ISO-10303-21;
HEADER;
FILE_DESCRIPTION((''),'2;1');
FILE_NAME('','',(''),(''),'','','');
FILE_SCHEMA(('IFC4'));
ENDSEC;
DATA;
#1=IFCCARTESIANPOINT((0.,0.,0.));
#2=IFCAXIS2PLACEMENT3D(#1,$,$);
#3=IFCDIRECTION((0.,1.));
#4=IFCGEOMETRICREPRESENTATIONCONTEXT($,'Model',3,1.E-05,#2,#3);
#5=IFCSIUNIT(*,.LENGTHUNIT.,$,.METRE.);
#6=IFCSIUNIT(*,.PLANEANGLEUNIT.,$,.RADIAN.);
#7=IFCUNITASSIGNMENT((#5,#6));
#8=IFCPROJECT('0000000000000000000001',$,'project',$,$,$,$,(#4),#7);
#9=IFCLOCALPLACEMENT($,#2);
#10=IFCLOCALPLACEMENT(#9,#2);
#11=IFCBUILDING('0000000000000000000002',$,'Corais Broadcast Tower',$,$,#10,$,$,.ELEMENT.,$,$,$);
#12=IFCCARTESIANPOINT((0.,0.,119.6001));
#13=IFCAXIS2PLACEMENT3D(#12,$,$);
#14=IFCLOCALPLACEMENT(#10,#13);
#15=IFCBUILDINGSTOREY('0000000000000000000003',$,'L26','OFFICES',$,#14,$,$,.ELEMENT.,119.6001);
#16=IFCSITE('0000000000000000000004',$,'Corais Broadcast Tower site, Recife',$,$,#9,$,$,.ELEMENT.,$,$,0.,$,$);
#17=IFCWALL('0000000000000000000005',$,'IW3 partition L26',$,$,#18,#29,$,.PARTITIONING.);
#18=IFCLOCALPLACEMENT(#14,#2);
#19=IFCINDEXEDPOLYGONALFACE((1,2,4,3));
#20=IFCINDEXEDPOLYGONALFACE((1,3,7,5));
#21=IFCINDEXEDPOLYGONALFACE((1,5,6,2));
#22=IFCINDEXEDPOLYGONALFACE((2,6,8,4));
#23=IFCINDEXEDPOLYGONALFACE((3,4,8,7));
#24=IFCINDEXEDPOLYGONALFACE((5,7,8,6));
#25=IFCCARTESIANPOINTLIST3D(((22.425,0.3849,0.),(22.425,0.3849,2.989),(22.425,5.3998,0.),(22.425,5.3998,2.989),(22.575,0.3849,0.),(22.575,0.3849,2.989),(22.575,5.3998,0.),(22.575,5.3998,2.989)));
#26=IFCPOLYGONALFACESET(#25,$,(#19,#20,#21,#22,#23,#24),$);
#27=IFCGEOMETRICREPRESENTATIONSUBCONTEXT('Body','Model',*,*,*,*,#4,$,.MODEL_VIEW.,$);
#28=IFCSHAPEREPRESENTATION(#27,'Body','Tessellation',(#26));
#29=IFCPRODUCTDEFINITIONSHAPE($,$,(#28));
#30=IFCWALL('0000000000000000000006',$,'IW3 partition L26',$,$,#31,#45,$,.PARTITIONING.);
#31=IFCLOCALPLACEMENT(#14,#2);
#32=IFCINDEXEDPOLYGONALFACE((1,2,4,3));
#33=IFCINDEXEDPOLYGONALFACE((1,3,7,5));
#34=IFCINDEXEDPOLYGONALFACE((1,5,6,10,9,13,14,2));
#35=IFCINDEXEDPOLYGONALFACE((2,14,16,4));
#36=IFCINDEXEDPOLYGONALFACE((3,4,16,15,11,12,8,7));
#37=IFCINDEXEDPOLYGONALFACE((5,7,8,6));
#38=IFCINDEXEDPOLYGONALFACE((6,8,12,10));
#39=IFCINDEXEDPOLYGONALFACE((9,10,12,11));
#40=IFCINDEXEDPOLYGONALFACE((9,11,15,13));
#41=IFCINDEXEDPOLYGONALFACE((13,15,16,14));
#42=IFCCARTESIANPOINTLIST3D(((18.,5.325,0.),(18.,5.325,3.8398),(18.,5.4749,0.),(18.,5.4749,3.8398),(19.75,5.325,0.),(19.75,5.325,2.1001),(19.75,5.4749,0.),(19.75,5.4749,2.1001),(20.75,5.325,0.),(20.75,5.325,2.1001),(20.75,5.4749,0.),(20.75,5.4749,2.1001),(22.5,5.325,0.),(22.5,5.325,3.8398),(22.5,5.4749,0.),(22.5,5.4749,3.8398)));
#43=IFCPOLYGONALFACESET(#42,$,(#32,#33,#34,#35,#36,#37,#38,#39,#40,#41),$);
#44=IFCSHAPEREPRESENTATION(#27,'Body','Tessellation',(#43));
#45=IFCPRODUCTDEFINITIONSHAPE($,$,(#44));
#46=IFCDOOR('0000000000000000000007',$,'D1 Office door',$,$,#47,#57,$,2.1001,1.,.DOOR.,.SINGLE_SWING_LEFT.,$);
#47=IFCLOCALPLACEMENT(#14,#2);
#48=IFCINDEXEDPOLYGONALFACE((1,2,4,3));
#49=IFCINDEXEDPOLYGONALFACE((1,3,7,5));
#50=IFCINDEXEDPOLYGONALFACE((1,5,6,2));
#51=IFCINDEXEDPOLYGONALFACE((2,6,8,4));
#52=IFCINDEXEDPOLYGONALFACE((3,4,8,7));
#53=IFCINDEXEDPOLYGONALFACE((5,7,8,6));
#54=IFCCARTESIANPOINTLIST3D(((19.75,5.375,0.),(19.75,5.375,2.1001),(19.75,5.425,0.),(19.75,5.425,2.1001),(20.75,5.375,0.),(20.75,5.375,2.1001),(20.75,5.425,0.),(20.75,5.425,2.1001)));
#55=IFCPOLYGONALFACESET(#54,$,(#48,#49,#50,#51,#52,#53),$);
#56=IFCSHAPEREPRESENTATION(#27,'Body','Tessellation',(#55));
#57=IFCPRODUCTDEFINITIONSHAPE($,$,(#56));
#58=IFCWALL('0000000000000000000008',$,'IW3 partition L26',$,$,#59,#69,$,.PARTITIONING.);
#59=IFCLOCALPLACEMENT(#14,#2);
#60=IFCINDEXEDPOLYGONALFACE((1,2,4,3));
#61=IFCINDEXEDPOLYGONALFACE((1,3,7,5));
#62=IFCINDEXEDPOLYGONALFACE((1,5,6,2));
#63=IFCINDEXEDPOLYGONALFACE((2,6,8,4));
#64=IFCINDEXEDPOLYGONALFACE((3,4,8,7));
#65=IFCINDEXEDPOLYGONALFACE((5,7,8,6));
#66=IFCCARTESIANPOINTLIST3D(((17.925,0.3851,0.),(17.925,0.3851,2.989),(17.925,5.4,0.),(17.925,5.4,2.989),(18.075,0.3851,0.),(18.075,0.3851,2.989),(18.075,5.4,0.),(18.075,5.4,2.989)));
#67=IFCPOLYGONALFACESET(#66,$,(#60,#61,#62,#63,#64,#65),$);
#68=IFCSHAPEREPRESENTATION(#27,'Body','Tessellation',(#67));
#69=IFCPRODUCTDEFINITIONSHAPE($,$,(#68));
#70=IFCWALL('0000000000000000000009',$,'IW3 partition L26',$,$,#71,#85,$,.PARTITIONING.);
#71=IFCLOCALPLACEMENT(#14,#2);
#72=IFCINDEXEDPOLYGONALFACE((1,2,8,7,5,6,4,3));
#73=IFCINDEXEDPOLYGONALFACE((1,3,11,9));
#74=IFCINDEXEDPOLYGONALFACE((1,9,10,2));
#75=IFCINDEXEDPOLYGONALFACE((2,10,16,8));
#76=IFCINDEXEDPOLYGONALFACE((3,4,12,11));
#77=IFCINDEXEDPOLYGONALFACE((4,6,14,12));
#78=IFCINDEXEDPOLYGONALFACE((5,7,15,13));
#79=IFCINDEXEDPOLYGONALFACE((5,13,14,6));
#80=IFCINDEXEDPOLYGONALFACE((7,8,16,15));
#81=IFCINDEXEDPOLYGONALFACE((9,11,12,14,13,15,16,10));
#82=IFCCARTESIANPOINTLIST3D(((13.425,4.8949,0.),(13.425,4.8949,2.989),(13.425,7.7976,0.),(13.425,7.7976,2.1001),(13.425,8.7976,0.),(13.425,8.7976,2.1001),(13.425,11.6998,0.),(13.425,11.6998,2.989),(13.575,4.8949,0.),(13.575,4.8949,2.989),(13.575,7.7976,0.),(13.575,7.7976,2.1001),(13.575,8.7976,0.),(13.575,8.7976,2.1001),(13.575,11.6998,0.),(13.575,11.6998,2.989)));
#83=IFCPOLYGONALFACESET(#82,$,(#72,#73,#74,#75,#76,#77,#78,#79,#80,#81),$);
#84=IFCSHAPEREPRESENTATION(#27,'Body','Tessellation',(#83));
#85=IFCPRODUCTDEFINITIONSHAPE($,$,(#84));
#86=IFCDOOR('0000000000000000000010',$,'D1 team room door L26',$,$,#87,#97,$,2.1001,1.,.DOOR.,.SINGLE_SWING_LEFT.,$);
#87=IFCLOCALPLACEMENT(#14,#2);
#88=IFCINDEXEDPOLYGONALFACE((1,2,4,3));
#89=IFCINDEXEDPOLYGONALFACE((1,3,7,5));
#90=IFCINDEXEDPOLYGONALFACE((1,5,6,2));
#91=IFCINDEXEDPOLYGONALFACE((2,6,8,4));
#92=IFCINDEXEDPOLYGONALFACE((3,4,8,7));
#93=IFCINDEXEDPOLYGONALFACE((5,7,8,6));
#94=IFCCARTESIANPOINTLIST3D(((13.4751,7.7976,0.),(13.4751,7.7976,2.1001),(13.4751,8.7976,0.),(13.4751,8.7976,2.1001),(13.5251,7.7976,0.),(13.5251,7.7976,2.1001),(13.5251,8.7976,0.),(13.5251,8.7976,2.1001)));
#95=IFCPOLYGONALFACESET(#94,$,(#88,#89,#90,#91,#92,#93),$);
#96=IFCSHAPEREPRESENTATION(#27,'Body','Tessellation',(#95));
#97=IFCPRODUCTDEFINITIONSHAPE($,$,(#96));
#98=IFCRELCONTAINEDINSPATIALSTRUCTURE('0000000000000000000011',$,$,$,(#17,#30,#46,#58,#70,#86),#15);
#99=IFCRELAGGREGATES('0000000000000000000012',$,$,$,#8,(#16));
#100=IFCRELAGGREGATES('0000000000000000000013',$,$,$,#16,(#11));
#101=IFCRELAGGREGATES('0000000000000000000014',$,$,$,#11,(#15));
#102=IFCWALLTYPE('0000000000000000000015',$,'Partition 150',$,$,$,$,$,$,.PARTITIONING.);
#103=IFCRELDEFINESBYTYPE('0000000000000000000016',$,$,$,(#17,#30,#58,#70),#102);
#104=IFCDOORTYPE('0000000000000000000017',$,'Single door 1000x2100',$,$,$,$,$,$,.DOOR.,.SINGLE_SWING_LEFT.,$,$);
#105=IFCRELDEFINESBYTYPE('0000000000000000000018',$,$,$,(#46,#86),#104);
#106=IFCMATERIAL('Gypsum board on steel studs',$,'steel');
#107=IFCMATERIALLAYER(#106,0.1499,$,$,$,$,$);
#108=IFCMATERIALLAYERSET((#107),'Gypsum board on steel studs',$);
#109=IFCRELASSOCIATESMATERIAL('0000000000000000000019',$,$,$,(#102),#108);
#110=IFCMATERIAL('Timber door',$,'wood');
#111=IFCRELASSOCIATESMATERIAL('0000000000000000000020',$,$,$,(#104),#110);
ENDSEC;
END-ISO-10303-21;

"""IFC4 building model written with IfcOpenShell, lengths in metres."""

from ifc_helpers import new_model, si_unit, direction, frame, frame_2d, origin, place, context, subcontext, project, spatial, rectangle, extrude, material, layer, layer_set, type_object, element, fill, save


model = new_model("IFC4")

# Units and contexts
model_context = context("Model", 3, precision=1e-05, world=origin(), true_north=direction((0.0, 1.0)))
body_context = subcontext(model_context, "Body", "Model", "MODEL_VIEW")
ifc_project = project(units=[si_unit("LENGTHUNIT", "METRE"), si_unit("PLANEANGLEUNIT", "RADIAN")], contexts=[model_context])

# Site, building, storey
site_placement = place(None, origin())
site = spatial("IfcSite", under=ifc_project, at=site_placement, Name="Corais Broadcast Tower site, Recife", CompositionType="ELEMENT", RefElevation=0.0)
building_placement = place(site_placement, origin())
building = spatial("IfcBuilding", under=site, at=building_placement, Name="Corais Broadcast Tower", CompositionType="ELEMENT")
storey_placement = place(building_placement, frame((0.0, 0.0, 119.6001)))
storey = spatial("IfcBuildingStorey", under=building, at=storey_placement, Name="L26", Description="OFFICES", CompositionType="ELEMENT", Elevation=119.6001)

# Wall
ifc_material_1 = material(Name="Gypsum board on steel studs", Category="steel")
ifc_layer_1 = layer(ifc_material_1, 0.1499)
ifc_layer_set_1 = layer_set([ifc_layer_1], Name="Gypsum board on steel studs")
wall_type = type_object("IfcWallType", Name="Partition 150", PredefinedType="PARTITIONING", material=ifc_layer_set_1)
wall_1_placement = place(storey_placement, frame((22.5, 0.385, 0.0), z_axis=(0.0, 0.0, 1.0), x_axis=(0.0, 1.0, 0.0)))
element("IfcWall", 1, at=wall_1_placement, inside=storey, type_object=wall_type, Name="IW3 partition L26", PredefinedType="PARTITIONING", context=body_context, shape_type="SweptSolid", body=[
    extrude(rectangle(XDim=5.0149, YDim=0.1499, at=frame_2d((2.5073, 0.0))), origin(), (0.0, 0.0, 1.0), 2.989),
])

# Wall, opening, door
wall_2_placement = place(storey_placement, frame((22.5, 5.3999, 0.0), z_axis=(0.0, 0.0, 1.0), x_axis=(-1.0, 0.0, 0.0)))
wall_2 = element("IfcWall", 2, at=wall_2_placement, inside=storey, type_object=wall_type, Name="IW3 partition L26", PredefinedType="PARTITIONING", context=body_context, shape_type="SweptSolid", body=[
    extrude(rectangle(XDim=4.5, YDim=0.1499, at=frame_2d((2.25, 0.0))), origin(), (0.0, 0.0, 1.0), 3.8398),
])
opening_1_placement = place(wall_2_placement, frame((1.75, 0.0, 0.0)))
opening_1 = element("IfcOpeningElement", 3, at=opening_1_placement, cuts=wall_2, PredefinedType="OPENING", context=body_context, shape_type="SweptSolid", body=[
    extrude(rectangle(XDim=1.0, YDim=2.1001, at=frame_2d((0.5, 1.05))), frame((0.0, 0.085, 0.0), z_axis=(0.0, -1.0, 0.0), x_axis=(1.0, 0.0, 0.0)), (0.0, 0.0, 1.0), 0.1699),
])
ifc_material_2 = material(Name="Timber door", Category="wood")
door_type = type_object("IfcDoorType", Name="Single door 1000x2100", OperationType="SINGLE_SWING_LEFT", PredefinedType="DOOR", material=ifc_material_2)
door_1_placement = place(opening_1_placement, origin())
door_1 = element("IfcDoor", 4, at=door_1_placement, inside=storey, type_object=door_type, Name="D1 Office door", OperationType="SINGLE_SWING_LEFT", OverallHeight=2.1001, OverallWidth=1.0, PredefinedType="DOOR", context=body_context, shape_type="SweptSolid", body=[
    extrude(rectangle(XDim=1.0, YDim=2.1001, at=frame_2d((0.5, 1.05))), frame((0.0, 0.0249, 0.0), z_axis=(0.0, -1.0, 0.0), x_axis=(1.0, 0.0, 0.0)), (0.0, 0.0, 1.0), 0.05),
])
fill(opening_1, door_1)

# Wall
wall_3_placement = place(storey_placement, frame((18.0, 5.3999, 0.0), z_axis=(0.0, 0.0, 1.0), x_axis=(0.0, -1.0, 0.0)))
element("IfcWall", 5, at=wall_3_placement, inside=storey, type_object=wall_type, Name="IW3 partition L26", PredefinedType="PARTITIONING", context=body_context, shape_type="SweptSolid", body=[
    extrude(rectangle(XDim=5.0149, YDim=0.1499, at=frame_2d((2.5073, 0.0))), origin(), (0.0, 0.0, 1.0), 2.989),
])

# Wall, opening, door
wall_4_placement = place(storey_placement, frame((13.5, 4.895, 0.0), z_axis=(0.0, 0.0, 1.0), x_axis=(0.0, 1.0, 0.0)))
wall_4 = element("IfcWall", 6, at=wall_4_placement, inside=storey, type_object=wall_type, Name="IW3 partition L26", PredefinedType="PARTITIONING", context=body_context, shape_type="SweptSolid", body=[
    extrude(rectangle(XDim=6.8049, YDim=0.1499, at=frame_2d((3.4023, 0.0))), origin(), (0.0, 0.0, 1.0), 2.989),
])
opening_2_placement = place(wall_4_placement, frame((2.9026, 0.0, 0.0)))
opening_2 = element("IfcOpeningElement", 7, at=opening_2_placement, cuts=wall_4, PredefinedType="OPENING", context=body_context, shape_type="SweptSolid", body=[
    extrude(rectangle(XDim=1.0, YDim=2.1001, at=frame_2d((0.5, 1.05))), frame((0.0, 0.085, 0.0), z_axis=(0.0, -1.0, 0.0), x_axis=(1.0, 0.0, 0.0)), (0.0, 0.0, 1.0), 0.1699),
])
door_2_placement = place(opening_2_placement, origin())
door_2 = element("IfcDoor", 8, at=door_2_placement, inside=storey, type_object=door_type, Name="D1 team room door L26", OperationType="SINGLE_SWING_LEFT", OverallHeight=2.1001, OverallWidth=1.0, PredefinedType="DOOR", context=body_context, shape_type="SweptSolid", body=[
    extrude(rectangle(XDim=1.0, YDim=2.1001, at=frame_2d((0.5, 1.05))), frame((0.0, 0.0249, 0.0), z_axis=(0.0, -1.0, 0.0), x_axis=(1.0, 0.0, 0.0)), (0.0, 0.0, 1.0), 0.05),
])
fill(opening_2, door_2)

save(model, "model.ifc")
